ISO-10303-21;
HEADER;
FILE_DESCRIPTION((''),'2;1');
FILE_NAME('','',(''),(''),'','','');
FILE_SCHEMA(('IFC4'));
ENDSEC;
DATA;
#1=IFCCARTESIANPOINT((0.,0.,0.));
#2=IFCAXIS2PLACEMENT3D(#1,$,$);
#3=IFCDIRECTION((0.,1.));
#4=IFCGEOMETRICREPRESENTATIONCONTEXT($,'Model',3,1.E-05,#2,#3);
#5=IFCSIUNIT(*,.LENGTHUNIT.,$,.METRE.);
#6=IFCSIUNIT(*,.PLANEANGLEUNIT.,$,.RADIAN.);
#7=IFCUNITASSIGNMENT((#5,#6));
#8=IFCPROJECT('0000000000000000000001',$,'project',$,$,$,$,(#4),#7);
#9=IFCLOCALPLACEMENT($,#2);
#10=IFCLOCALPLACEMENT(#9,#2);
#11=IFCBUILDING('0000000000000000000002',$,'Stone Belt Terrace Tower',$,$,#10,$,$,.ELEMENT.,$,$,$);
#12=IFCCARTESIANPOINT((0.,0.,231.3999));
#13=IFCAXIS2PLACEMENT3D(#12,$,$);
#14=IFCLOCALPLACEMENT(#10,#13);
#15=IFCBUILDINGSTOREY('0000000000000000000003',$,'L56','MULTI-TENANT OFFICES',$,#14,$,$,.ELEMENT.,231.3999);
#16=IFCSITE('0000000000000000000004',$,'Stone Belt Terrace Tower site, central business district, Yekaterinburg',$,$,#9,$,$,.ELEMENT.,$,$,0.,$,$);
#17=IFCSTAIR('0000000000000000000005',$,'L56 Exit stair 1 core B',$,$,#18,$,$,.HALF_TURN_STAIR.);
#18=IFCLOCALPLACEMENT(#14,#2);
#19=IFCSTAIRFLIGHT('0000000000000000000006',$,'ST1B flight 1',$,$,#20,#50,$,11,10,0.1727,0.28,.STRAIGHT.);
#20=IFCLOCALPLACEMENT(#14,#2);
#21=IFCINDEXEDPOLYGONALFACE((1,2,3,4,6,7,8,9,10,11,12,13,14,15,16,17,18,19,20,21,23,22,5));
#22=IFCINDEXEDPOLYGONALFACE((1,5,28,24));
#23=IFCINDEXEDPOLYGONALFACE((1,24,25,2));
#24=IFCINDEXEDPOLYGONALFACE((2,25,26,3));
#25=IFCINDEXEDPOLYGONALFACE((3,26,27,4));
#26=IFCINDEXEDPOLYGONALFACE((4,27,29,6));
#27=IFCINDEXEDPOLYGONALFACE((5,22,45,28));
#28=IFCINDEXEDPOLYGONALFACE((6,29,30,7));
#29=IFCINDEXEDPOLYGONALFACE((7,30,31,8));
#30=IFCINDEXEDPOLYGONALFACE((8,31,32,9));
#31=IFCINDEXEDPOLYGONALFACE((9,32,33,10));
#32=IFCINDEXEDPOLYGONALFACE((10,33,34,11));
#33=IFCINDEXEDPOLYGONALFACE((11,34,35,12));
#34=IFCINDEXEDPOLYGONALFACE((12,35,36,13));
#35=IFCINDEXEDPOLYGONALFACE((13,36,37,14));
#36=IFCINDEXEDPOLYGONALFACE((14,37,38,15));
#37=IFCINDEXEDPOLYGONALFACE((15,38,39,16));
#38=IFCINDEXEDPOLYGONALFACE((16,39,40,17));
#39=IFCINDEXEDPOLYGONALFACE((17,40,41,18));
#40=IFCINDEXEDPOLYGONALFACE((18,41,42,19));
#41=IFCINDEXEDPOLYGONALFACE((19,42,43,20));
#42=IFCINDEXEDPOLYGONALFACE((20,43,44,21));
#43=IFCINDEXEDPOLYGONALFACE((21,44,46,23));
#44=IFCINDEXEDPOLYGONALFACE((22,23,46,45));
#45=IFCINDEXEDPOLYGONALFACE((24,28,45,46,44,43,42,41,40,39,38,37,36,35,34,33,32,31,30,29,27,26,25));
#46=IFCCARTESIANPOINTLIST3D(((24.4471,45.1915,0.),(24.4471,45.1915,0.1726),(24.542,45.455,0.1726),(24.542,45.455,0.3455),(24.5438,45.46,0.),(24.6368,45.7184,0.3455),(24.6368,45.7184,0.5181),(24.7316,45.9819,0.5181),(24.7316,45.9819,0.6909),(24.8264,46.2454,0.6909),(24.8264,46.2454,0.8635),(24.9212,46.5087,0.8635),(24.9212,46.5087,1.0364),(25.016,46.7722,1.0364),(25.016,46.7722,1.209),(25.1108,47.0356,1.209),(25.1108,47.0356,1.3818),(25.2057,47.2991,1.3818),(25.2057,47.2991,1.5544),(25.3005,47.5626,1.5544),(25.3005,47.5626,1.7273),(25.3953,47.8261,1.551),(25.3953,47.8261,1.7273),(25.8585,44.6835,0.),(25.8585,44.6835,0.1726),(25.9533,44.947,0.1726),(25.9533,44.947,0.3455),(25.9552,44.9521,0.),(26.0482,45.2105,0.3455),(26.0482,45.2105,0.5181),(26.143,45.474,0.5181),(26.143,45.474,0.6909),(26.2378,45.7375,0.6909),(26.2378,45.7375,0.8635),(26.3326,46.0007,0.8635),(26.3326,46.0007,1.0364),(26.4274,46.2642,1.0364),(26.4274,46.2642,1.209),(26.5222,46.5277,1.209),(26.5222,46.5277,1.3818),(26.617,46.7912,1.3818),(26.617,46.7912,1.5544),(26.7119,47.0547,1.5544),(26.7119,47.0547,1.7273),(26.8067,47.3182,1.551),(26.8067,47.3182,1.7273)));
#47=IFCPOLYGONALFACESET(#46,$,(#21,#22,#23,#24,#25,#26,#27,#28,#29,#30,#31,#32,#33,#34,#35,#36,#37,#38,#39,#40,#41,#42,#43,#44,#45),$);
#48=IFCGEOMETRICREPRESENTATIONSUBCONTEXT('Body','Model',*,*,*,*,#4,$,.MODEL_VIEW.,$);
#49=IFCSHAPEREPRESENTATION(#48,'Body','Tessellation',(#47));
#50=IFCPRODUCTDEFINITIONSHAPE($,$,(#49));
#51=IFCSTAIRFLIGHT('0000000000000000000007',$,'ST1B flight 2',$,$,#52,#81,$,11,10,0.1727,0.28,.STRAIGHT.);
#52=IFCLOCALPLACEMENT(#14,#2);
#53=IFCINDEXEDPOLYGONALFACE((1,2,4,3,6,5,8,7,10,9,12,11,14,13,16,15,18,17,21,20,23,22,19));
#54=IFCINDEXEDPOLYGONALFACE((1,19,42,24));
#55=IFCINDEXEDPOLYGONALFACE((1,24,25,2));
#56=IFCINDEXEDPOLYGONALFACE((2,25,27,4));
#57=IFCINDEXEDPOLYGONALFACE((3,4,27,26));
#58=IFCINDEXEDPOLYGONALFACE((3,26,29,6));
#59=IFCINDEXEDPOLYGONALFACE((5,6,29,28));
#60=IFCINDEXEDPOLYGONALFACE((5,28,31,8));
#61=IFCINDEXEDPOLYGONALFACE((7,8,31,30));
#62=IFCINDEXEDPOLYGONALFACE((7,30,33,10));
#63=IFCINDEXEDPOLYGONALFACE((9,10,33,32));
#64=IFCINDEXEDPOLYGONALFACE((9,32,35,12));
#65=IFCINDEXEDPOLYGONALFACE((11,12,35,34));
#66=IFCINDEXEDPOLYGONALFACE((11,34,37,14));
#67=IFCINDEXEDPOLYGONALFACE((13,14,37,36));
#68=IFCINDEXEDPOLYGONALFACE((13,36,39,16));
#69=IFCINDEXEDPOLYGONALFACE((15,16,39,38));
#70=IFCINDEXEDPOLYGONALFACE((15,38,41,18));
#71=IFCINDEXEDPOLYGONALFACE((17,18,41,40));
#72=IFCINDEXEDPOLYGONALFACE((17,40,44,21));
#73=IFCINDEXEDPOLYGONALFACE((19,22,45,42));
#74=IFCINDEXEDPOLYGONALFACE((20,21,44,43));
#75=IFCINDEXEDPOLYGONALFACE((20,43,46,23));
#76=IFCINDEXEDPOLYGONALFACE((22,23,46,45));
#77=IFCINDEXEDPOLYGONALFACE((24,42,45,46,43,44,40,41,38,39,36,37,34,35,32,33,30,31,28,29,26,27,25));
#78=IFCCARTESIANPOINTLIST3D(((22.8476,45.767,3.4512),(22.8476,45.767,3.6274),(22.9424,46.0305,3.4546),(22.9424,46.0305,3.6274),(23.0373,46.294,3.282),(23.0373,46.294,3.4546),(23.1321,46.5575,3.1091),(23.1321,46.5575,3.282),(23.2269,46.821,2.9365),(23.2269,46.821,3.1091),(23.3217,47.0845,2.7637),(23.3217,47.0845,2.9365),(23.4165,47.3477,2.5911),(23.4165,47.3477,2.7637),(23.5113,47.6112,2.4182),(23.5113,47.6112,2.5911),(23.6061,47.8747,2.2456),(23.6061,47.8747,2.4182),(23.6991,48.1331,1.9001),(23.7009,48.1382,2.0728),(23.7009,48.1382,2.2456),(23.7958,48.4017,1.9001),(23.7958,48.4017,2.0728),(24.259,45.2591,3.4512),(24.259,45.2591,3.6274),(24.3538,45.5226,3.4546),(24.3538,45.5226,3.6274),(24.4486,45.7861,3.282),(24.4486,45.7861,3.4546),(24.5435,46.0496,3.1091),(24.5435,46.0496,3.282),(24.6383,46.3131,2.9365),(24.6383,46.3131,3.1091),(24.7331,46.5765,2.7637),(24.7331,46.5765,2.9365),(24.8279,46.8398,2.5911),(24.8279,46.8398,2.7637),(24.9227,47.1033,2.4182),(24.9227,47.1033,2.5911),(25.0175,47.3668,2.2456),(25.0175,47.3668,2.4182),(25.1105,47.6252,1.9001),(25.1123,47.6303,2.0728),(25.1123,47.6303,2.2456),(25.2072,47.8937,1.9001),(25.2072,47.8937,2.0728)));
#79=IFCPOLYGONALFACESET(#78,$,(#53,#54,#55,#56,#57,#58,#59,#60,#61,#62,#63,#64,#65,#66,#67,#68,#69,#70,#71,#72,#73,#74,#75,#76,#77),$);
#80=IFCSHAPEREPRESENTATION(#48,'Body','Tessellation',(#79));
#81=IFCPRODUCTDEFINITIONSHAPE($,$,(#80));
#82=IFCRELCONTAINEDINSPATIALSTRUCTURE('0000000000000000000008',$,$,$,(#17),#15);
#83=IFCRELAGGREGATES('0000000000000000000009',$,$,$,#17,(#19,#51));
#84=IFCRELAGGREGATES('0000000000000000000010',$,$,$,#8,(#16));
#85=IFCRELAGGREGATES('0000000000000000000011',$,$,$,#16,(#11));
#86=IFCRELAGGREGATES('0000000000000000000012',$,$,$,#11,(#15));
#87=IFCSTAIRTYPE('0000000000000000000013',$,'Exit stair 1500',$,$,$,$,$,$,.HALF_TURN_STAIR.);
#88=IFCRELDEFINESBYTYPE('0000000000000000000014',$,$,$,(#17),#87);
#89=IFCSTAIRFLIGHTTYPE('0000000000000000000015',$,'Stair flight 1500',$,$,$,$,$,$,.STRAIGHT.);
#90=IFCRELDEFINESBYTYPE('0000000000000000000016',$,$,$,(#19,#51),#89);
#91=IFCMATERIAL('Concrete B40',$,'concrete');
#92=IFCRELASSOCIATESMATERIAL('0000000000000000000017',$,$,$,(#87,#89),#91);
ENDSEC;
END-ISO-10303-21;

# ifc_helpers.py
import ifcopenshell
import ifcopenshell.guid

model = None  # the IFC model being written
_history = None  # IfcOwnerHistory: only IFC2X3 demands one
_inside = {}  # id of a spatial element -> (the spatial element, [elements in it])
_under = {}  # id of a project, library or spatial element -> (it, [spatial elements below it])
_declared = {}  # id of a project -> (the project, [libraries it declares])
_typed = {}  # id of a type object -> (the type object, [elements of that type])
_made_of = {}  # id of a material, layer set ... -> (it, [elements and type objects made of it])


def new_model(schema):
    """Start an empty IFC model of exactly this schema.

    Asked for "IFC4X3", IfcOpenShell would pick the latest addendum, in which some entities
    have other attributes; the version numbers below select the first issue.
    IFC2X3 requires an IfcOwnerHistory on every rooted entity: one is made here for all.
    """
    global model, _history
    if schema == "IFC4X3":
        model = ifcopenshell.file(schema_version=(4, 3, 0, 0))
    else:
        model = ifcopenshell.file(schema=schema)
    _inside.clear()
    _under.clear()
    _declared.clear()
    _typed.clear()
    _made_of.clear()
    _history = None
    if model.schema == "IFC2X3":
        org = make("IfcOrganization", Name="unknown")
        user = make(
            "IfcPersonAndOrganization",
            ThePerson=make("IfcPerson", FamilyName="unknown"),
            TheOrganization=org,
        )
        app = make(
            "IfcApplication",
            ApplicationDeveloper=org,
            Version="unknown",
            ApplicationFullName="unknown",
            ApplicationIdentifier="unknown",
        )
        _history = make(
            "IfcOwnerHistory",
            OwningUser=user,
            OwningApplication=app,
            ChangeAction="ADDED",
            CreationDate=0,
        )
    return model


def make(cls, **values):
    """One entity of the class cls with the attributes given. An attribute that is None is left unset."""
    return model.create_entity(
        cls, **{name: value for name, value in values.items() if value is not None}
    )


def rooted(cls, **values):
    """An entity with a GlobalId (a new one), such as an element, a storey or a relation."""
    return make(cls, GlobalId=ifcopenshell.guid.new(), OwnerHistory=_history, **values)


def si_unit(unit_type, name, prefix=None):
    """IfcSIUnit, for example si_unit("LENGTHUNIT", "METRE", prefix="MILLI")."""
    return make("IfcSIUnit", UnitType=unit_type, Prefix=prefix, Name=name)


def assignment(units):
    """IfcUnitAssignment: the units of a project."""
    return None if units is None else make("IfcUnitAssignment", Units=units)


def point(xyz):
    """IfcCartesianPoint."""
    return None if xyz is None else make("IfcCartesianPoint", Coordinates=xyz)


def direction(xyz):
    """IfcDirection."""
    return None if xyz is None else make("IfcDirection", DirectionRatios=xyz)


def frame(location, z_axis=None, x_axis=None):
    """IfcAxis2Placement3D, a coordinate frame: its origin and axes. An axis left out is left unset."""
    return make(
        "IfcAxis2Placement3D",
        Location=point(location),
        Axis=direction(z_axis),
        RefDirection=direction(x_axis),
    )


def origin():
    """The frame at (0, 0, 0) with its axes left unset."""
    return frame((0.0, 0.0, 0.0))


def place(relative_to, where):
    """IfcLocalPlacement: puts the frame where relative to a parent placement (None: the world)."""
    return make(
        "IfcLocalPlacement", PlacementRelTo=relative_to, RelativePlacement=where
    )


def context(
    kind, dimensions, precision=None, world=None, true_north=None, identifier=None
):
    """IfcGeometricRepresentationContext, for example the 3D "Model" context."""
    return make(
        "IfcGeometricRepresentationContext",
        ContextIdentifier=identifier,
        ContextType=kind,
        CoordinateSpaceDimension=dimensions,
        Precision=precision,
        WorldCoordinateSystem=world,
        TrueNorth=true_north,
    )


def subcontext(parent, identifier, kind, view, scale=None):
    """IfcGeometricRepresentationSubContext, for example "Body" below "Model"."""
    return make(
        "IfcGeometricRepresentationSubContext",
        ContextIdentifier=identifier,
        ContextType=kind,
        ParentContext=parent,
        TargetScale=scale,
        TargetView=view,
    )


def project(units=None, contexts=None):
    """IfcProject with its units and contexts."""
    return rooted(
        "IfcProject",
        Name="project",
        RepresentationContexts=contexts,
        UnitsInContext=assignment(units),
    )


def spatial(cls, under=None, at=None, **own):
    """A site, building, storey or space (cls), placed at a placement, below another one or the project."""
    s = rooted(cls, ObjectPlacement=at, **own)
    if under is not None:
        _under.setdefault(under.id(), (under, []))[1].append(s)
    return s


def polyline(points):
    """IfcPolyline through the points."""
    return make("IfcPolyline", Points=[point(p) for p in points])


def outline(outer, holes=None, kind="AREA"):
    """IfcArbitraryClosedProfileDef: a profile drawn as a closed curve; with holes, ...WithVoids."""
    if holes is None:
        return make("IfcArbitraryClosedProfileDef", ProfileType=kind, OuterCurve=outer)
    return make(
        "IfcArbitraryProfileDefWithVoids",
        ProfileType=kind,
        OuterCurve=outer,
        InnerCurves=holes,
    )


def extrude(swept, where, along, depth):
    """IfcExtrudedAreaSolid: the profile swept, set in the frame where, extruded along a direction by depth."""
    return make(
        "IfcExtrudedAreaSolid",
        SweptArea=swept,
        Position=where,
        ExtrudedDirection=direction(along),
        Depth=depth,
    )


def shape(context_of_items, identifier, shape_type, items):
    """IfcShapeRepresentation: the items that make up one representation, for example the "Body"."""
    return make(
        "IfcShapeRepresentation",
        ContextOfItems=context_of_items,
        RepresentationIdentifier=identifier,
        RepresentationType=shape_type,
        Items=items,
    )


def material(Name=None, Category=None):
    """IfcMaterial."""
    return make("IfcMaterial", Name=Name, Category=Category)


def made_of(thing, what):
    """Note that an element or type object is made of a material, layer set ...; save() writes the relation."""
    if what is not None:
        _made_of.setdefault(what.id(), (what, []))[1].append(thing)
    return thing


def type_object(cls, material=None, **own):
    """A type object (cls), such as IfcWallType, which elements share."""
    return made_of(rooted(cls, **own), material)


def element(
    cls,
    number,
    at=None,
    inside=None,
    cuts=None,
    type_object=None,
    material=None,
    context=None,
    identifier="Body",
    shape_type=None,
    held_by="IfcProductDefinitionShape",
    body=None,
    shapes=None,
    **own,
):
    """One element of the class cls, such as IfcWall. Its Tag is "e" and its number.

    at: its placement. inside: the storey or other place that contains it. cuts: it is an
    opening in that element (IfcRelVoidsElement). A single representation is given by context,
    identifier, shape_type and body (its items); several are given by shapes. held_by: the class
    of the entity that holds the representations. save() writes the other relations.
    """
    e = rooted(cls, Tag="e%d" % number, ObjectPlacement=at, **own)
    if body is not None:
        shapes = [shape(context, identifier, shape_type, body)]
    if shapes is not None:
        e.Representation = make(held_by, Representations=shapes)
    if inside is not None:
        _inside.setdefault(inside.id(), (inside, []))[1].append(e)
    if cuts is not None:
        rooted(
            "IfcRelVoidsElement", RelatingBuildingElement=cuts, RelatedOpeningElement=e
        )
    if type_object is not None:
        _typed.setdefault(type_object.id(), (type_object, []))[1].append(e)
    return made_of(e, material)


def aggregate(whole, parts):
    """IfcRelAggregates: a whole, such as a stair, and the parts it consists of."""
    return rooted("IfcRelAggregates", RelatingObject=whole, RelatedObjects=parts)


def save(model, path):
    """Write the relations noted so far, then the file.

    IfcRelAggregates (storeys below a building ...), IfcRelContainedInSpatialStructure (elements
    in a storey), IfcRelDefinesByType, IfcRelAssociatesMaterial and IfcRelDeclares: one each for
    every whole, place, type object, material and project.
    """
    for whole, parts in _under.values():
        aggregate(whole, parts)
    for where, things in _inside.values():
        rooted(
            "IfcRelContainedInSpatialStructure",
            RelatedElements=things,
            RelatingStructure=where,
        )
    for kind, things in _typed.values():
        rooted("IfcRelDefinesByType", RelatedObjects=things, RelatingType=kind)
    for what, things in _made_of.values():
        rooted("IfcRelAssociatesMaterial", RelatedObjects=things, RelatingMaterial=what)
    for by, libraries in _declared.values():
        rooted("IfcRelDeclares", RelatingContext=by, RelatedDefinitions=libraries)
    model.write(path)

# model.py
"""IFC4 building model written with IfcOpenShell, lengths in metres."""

from ifc_helpers import new_model, si_unit, direction, frame, origin, place, context, subcontext, project, spatial, polyline, outline, extrude, material, type_object, element, aggregate, save


model = new_model("IFC4")

# Units and contexts
model_context = context("Model", 3, precision=1e-05, world=origin(), true_north=direction((0.0, 1.0)))
body_context = subcontext(model_context, "Body", "Model", "MODEL_VIEW")
ifc_project = project(units=[si_unit("LENGTHUNIT", "METRE"), si_unit("PLANEANGLEUNIT", "RADIAN")], contexts=[model_context])

# Site, building, storey
site_placement = place(None, origin())
site = spatial("IfcSite", under=ifc_project, at=site_placement, Name="Stone Belt Terrace Tower site, central business district, Yekaterinburg", CompositionType="ELEMENT", RefElevation=0.0)
building_placement = place(site_placement, origin())
building = spatial("IfcBuilding", under=site, at=building_placement, Name="Stone Belt Terrace Tower", CompositionType="ELEMENT")
storey_placement = place(building_placement, frame((0.0, 0.0, 231.3999)))
storey = spatial("IfcBuildingStorey", under=building, at=storey_placement, Name="L56", Description="MULTI-TENANT OFFICES", CompositionType="ELEMENT", Elevation=231.3999)

# Stair, stair flights
ifc_material_1 = material(Name="Concrete B40", Category="concrete")
stair_type = type_object("IfcStairType", Name="Exit stair 1500", PredefinedType="HALF_TURN_STAIR", material=ifc_material_1)
stair_placement = place(storey_placement, origin())
stair = element("IfcStair", 1, at=stair_placement, inside=storey, type_object=stair_type, Name="L56 Exit stair 1 core B", PredefinedType="HALF_TURN_STAIR")
stair_flight_type = type_object("IfcStairFlightType", Name="Stair flight 1500", PredefinedType="STRAIGHT", material=ifc_material_1)
stair_flight_1_placement = place(storey_placement, frame((25.1528, 44.9375, 0.0), z_axis=(0.0, 0.0, 1.0), x_axis=(0.338624, 0.940922, 0.0)))
stair_flight_1 = element("IfcStairFlight", 2, at=stair_flight_1_placement, type_object=stair_flight_type, Name="ST1B flight 1", NumberOfRisers=11, NumberOfTreads=10, PredefinedType="STRAIGHT", RiserHeight=0.1727, TreadLength=0.28, context=body_context, shape_type="SweptSolid", body=[
    extrude(outline(polyline([(0.0, 0.0), (0.0, 0.1726), (0.28, 0.1726), (0.28, 0.3455), (0.5601, 0.3455), (0.5601, 0.5181), (0.8401, 0.5181), (0.8401, 0.6909), (1.1201, 0.6909), (1.1201, 0.8635), (1.3999, 0.8635), (1.3999, 1.0364), (1.6799, 1.0364), (1.6799, 1.209), (1.96, 1.209), (1.96, 1.3818), (2.24, 1.3818), (2.24, 1.5544), (2.52, 1.5544), (2.52, 1.7273), (2.8, 1.7273), (2.8, 1.8999), (2.8, 1.551), (0.2854, 0.0), (0.0, 0.0)])), frame((0.0, 0.75, 0.0), z_axis=(0.0, -1.0, 0.0), x_axis=(1.0, 0.0, 0.0)), (0.0, 0.0, 1.0), 1.5),
])
stair_flight_2_placement = place(storey_placement, frame((24.5015, 48.1477, 1.9001), z_axis=(0.0, 0.0, 1.0), x_axis=(-0.338624, -0.940922, 0.0)))
stair_flight_2 = element("IfcStairFlight", 3, at=stair_flight_2_placement, type_object=stair_flight_type, Name="ST1B flight 2", NumberOfRisers=11, NumberOfTreads=10, PredefinedType="STRAIGHT", RiserHeight=0.1727, TreadLength=0.28, context=body_context, shape_type="SweptSolid", body=[
    extrude(outline(polyline([(0.0, 0.0), (0.0, 0.1726), (0.28, 0.1726), (0.28, 0.3455), (0.5601, 0.3455), (0.5601, 0.5181), (0.8401, 0.5181), (0.8401, 0.6909), (1.1201, 0.6909), (1.1201, 0.8635), (1.3999, 0.8635), (1.3999, 1.0364), (1.6799, 1.0364), (1.6799, 1.209), (1.96, 1.209), (1.96, 1.3818), (2.24, 1.3818), (2.24, 1.5544), (2.52, 1.5544), (2.52, 1.7273), (2.8, 1.7273), (2.8, 1.8999), (2.8, 1.551), (0.2854, 0.0), (0.0, 0.0)])), frame((0.0, 0.75, 0.0), z_axis=(0.0, -1.0, 0.0), x_axis=(1.0, 0.0, 0.0)), (0.0, 0.0, 1.0), 1.5),
])
aggregate(stair, [stair_flight_1, stair_flight_2])

save(model, "model.ifc")
